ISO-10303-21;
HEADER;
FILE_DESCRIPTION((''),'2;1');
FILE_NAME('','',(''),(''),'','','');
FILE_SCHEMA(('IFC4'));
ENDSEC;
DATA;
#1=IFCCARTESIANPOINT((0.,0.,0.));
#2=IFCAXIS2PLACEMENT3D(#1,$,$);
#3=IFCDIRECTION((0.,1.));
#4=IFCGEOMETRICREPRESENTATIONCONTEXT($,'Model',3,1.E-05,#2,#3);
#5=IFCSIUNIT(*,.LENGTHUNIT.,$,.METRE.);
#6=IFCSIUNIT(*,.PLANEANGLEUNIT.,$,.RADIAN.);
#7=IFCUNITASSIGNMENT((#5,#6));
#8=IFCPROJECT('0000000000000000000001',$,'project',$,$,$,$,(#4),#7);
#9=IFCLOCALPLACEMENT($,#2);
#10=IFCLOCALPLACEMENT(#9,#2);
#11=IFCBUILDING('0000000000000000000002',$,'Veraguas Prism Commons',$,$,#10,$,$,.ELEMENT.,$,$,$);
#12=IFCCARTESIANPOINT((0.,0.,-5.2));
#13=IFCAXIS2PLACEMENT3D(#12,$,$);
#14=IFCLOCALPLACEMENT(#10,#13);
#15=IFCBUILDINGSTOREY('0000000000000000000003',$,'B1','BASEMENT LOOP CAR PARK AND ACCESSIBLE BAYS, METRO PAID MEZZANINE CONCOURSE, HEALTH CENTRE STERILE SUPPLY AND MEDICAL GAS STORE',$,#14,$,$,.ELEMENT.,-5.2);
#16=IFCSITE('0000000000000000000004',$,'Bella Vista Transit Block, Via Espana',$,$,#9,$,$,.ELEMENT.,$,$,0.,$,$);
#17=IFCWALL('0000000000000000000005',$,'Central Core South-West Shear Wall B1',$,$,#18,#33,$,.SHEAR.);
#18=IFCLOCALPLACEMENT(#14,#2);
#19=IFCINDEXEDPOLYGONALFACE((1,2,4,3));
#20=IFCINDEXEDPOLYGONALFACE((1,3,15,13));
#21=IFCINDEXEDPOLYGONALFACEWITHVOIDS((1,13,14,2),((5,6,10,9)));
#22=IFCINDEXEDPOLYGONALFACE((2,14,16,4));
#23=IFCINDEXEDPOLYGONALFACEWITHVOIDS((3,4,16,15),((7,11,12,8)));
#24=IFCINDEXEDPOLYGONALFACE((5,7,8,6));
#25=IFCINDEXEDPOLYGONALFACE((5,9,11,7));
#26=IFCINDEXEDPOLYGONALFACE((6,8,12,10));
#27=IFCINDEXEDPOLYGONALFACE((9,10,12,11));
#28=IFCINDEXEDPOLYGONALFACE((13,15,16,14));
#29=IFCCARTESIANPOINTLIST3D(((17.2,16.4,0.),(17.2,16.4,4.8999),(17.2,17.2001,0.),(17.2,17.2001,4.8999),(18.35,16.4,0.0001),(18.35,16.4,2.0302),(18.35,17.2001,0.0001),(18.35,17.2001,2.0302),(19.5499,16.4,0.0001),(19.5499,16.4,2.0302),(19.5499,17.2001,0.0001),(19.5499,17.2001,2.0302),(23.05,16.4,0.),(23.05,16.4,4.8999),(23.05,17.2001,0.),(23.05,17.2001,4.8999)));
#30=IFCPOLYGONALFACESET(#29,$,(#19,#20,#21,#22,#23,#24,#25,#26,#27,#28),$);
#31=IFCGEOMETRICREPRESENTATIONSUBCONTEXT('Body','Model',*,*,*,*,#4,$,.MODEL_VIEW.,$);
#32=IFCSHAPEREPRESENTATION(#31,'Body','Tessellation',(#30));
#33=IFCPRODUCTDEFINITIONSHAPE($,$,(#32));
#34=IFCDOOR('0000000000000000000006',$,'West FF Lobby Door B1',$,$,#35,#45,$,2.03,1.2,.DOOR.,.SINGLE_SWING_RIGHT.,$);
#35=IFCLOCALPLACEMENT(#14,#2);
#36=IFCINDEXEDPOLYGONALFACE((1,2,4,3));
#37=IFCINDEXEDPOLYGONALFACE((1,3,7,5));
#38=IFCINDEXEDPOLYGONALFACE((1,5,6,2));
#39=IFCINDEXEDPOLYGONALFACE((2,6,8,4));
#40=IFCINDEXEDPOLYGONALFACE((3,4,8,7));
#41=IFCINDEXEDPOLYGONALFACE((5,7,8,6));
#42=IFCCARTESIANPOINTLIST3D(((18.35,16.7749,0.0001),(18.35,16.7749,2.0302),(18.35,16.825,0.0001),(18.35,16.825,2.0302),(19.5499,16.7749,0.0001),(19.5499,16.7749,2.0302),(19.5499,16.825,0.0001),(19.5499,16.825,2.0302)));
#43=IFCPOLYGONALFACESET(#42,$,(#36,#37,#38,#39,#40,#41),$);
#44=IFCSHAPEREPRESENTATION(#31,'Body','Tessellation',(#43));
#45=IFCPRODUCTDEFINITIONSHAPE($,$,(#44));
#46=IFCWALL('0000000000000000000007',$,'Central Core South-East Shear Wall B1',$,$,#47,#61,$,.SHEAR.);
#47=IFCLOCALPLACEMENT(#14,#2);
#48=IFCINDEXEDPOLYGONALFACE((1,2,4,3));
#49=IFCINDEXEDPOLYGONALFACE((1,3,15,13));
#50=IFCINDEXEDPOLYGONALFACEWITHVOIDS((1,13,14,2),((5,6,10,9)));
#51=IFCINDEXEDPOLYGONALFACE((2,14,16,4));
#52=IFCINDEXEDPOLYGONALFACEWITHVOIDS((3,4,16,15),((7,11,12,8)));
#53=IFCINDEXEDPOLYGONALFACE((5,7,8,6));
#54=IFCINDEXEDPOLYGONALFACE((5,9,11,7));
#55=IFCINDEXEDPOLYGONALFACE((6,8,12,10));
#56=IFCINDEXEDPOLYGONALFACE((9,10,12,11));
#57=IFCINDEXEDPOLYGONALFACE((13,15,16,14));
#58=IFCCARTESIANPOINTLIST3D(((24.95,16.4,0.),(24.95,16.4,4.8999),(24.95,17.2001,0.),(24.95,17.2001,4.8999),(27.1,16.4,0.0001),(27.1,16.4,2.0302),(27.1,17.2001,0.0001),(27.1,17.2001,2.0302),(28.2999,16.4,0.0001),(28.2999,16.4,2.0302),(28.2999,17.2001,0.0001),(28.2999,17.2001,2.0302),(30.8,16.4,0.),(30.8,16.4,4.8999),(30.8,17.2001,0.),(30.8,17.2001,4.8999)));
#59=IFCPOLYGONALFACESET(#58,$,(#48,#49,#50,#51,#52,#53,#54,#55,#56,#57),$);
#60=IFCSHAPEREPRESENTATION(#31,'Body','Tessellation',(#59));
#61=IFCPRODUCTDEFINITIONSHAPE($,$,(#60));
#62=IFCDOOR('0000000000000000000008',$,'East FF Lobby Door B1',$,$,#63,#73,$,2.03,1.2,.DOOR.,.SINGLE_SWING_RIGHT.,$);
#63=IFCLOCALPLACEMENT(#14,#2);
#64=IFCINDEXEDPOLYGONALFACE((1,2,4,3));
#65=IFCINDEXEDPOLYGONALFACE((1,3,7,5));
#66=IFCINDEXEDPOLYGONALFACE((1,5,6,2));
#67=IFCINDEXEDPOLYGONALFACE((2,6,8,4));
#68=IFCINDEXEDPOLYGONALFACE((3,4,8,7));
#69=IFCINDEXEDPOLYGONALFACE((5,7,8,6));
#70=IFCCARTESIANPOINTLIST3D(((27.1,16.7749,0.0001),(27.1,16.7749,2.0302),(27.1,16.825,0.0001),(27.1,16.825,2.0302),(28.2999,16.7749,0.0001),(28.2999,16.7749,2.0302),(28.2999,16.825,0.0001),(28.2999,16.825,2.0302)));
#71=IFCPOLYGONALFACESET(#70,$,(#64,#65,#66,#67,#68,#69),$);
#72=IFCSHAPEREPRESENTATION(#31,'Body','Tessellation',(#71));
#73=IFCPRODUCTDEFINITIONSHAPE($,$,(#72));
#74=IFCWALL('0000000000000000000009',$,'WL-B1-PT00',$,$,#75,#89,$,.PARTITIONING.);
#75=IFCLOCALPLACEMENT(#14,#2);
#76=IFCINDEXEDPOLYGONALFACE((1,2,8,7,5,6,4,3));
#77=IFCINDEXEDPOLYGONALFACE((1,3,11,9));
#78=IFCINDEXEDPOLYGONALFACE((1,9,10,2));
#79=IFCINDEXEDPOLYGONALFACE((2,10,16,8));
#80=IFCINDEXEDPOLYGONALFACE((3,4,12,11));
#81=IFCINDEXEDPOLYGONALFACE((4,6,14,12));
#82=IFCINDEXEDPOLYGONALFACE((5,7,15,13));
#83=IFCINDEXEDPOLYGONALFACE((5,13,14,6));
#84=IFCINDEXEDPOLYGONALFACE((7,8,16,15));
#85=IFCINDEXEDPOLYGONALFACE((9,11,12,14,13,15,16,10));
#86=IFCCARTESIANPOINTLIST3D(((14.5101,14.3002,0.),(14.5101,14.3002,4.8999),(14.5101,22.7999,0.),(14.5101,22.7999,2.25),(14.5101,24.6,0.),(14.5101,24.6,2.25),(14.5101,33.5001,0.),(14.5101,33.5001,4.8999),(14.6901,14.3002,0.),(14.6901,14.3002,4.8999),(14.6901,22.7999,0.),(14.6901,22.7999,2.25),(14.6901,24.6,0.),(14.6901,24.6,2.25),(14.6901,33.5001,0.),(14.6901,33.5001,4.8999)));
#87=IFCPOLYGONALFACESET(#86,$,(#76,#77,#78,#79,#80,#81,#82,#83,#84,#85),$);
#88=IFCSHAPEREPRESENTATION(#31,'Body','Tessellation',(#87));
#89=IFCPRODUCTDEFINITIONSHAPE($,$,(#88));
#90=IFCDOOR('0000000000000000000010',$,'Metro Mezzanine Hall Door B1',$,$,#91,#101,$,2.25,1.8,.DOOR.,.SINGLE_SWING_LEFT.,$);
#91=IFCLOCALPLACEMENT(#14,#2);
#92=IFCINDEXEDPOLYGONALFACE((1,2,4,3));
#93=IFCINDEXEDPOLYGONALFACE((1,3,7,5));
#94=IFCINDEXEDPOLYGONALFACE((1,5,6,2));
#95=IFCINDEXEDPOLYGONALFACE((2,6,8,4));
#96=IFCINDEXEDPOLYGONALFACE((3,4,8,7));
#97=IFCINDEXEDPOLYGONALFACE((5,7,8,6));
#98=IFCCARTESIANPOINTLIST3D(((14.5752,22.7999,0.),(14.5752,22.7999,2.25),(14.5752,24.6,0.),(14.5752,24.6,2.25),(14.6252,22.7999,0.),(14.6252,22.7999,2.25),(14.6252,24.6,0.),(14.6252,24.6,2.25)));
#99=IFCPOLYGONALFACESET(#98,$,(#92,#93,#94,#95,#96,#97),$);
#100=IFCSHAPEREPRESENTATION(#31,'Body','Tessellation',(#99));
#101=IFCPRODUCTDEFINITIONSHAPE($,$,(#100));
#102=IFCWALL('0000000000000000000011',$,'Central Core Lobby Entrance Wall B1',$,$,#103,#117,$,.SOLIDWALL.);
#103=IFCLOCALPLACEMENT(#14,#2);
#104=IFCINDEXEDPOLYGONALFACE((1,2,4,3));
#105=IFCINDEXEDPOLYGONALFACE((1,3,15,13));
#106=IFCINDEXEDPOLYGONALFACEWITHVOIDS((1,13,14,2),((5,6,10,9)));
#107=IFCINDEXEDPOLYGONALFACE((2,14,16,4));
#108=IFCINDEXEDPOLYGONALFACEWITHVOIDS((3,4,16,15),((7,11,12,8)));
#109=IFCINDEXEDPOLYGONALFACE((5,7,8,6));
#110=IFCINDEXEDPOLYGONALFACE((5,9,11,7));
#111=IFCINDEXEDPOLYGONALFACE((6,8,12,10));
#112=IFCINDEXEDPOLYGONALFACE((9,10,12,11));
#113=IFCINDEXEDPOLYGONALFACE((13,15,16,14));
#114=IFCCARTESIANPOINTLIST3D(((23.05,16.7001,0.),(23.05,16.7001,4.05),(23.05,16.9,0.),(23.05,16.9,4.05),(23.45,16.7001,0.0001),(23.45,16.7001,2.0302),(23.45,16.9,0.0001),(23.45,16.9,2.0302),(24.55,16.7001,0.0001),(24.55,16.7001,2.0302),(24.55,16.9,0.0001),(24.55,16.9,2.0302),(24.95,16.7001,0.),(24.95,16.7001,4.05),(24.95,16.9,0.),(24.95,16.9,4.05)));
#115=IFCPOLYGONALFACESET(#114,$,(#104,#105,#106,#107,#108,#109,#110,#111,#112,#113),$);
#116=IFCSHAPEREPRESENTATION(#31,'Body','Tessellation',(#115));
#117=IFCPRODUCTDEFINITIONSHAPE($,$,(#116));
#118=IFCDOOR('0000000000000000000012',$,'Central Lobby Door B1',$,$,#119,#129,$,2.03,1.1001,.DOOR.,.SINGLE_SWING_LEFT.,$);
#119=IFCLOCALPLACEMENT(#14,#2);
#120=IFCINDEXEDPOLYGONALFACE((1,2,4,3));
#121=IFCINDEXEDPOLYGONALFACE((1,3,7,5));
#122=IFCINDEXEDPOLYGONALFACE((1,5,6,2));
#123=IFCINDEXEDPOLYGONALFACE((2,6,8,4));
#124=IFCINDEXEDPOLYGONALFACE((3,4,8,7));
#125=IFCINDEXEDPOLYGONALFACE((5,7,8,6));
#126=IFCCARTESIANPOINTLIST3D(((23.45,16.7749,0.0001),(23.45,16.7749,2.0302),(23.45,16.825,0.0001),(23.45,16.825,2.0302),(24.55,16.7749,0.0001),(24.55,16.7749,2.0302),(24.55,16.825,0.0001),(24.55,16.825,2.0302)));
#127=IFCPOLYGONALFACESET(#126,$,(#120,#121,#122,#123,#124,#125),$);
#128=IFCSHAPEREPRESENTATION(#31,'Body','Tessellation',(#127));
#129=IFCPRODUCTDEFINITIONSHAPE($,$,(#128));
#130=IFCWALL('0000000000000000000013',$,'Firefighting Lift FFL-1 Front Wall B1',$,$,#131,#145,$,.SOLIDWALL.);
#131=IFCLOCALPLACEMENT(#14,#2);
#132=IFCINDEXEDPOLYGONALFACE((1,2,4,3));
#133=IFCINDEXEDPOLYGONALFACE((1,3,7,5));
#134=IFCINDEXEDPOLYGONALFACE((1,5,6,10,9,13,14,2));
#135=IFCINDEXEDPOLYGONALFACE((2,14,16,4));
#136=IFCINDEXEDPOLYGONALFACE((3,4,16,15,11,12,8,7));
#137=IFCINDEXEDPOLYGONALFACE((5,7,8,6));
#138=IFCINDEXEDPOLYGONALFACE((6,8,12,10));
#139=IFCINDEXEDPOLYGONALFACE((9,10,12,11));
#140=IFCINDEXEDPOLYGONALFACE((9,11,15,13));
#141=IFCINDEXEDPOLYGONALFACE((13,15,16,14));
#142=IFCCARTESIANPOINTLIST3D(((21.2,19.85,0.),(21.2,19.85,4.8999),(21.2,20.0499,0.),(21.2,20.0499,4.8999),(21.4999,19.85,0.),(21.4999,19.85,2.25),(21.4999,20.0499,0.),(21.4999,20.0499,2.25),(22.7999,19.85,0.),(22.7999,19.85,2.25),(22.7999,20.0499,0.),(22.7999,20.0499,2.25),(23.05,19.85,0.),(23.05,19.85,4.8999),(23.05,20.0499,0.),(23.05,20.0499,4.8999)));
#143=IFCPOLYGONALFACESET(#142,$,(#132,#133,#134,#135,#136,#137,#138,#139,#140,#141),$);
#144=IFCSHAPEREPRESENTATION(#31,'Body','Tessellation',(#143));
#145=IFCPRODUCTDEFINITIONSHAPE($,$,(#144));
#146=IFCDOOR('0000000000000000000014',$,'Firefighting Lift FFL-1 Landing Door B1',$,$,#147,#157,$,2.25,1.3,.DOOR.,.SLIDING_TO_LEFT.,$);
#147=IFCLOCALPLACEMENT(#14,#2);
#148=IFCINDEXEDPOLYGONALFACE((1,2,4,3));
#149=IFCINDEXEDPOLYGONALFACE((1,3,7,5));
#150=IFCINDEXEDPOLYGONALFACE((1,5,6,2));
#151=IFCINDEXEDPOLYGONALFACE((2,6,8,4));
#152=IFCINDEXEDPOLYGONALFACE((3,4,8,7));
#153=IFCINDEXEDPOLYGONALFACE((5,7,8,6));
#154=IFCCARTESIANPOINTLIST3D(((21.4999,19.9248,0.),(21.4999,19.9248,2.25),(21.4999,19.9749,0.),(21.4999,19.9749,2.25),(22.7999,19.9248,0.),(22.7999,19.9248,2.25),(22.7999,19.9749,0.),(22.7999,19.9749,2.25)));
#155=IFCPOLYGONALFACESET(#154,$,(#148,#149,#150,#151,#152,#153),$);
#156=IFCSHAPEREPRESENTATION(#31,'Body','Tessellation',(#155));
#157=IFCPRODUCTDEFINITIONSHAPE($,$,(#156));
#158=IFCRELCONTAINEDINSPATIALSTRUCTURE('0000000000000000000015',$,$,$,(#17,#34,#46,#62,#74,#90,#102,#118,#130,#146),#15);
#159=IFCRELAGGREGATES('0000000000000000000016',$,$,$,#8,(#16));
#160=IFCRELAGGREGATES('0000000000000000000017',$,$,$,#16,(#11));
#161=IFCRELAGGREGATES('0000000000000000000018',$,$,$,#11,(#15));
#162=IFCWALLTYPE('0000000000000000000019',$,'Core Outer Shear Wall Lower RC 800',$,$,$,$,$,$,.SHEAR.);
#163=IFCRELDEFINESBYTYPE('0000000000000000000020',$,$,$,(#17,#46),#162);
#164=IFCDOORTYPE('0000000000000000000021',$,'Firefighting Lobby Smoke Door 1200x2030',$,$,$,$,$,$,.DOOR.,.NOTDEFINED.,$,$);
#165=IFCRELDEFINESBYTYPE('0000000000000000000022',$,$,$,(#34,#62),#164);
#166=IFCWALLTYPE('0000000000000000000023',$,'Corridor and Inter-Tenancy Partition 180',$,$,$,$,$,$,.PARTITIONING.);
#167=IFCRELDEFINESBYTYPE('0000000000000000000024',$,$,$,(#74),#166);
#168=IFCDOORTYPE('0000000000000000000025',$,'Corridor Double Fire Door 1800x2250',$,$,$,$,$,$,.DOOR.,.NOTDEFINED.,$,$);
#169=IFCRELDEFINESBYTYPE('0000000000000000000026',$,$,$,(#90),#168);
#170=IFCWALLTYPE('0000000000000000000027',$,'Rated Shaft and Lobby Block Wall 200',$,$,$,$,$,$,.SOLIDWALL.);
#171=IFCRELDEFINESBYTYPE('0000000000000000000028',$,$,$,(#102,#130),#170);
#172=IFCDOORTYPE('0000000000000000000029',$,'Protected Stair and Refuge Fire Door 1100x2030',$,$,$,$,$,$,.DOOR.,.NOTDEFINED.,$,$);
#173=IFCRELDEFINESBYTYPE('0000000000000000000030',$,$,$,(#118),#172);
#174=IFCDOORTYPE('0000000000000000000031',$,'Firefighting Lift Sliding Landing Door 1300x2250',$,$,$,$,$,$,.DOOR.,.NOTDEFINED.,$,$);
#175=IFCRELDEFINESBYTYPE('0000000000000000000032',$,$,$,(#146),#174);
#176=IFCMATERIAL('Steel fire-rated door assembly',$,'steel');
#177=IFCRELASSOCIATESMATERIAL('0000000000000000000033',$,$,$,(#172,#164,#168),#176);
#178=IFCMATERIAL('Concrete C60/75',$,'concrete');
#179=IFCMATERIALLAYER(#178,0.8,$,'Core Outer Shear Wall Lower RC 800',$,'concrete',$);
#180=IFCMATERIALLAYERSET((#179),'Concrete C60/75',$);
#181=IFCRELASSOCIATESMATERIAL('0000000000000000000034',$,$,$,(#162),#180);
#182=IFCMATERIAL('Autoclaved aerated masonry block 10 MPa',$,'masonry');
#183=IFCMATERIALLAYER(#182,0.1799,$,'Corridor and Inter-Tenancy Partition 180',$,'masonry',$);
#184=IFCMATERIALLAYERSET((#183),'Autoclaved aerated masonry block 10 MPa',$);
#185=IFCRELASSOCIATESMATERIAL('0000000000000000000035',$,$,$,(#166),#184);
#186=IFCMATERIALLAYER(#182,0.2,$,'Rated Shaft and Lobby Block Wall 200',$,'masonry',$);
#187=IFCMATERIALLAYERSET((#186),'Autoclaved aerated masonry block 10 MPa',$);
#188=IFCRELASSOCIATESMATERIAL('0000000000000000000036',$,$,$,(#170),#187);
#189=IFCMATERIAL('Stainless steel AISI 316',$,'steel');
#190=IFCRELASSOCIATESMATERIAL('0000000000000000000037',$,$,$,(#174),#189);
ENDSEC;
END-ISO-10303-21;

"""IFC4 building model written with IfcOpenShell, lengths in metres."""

from ifc_helpers import new_model, si_unit, direction, frame, frame_2d, origin, place, context, subcontext, project, spatial, rectangle, extrude, source, transform, mapped, material, layer, layer_set, type_object, element, fill, save


model = new_model("IFC4")

# Units and contexts
model_context = context("Model", 3, precision=1e-05, world=origin(), true_north=direction((0.0, 1.0)))
body_context = subcontext(model_context, "Body", "Model", "MODEL_VIEW")
ifc_project = project(units=[si_unit("LENGTHUNIT", "METRE"), si_unit("PLANEANGLEUNIT", "RADIAN")], contexts=[model_context])

# Site, building, storey
site_placement = place(None, origin())
site = spatial("IfcSite", under=ifc_project, at=site_placement, Name="Bella Vista Transit Block, Via Espana", CompositionType="ELEMENT", RefElevation=0.0)
building_placement = place(site_placement, origin())
building = spatial("IfcBuilding", under=site, at=building_placement, Name="Veraguas Prism Commons", CompositionType="ELEMENT")
storey_placement = place(building_placement, frame((0.0, 0.0, -5.2)))
storey = spatial("IfcBuildingStorey", under=building, at=storey_placement, Name="B1", Description="BASEMENT LOOP CAR PARK AND ACCESSIBLE BAYS, METRO PAID MEZZANINE CONCOURSE, HEALTH CENTRE STERILE SUPPLY AND MEDICAL GAS STORE", CompositionType="ELEMENT", Elevation=-5.2)

# Shared definitions
ifc_material_1 = material(Name="Concrete C60/75", Category="concrete")

# Shared definitions
ifc_material_2 = material(Name="Steel fire-rated door assembly", Category="steel")
door_type_1 = type_object("IfcDoorType", Name="Protected Stair and Refuge Fire Door 1100x2030", OperationType="NOTDEFINED", PredefinedType="DOOR", material=ifc_material_2)
shared_shape_1 = source(origin(), body_context, "Body", "SweptSolid", [
    extrude(rectangle(XDim=1.1001, YDim=2.03, at=frame_2d((0.55, 1.0151))), frame((0.0, 0.0249, 0.0), z_axis=(0.0, -1.0, 0.0), x_axis=(1.0, 0.0, 0.0)), (0.0, 0.0, 1.0), 0.05),
])

# Shared definitions
ifc_layer_1 = layer(ifc_material_1, 0.8, Name="Core Outer Shear Wall Lower RC 800", Category="concrete")
ifc_layer_set_1 = layer_set([ifc_layer_1], Name="Concrete C60/75")
wall_type_1 = type_object("IfcWallType", Name="Core Outer Shear Wall Lower RC 800", PredefinedType="SHEAR", material=ifc_layer_set_1)

# Walls, openings, doors
wall_1_placement = place(storey_placement, frame((17.2, 16.8, 0.0), z_axis=(0.0, 0.0, 1.0), x_axis=(1.0, 0.0, 0.0)))
wall_1 = element("IfcWall", 1, at=wall_1_placement, inside=storey, type_object=wall_type_1, Name="Central Core South-West Shear Wall B1", PredefinedType="SHEAR", context=body_context, shape_type="SweptSolid", body=[
    extrude(rectangle(XDim=5.8501, YDim=0.8, at=frame_2d((2.925, 0.0))), origin(), (0.0, 0.0, 1.0), 4.8999),
])
opening_1_placement = place(wall_1_placement, frame((1.1499, 0.0, 0.0)))
opening_1 = element("IfcOpeningElement", 2, at=opening_1_placement, cuts=wall_1, PredefinedType="OPENING", context=body_context, shape_type="SweptSolid", body=[
    extrude(rectangle(XDim=1.2, YDim=2.03, at=frame_2d((0.6001, 1.0151))), frame((0.0, 0.4099, 0.0), z_axis=(0.0, -1.0, 0.0), x_axis=(1.0, 0.0, 0.0)), (0.0, 0.0, 1.0), 0.8201),
])
door_type_2 = type_object("IfcDoorType", Name="Firefighting Lobby Smoke Door 1200x2030", OperationType="NOTDEFINED", PredefinedType="DOOR", material=ifc_material_2)
shared_shape_2 = source(origin(), body_context, "Body", "SweptSolid", [
    extrude(rectangle(XDim=1.2, YDim=2.03, at=frame_2d((0.6001, 1.0151))), frame((0.0, 0.0249, 0.0), z_axis=(0.0, -1.0, 0.0), x_axis=(1.0, 0.0, 0.0)), (0.0, 0.0, 1.0), 0.05),
])
door_1_placement = place(opening_1_placement, origin())
door_1 = element("IfcDoor", 3, at=door_1_placement, inside=storey, type_object=door_type_2, Name="West FF Lobby Door B1", OperationType="SINGLE_SWING_RIGHT", OverallHeight=2.03, OverallWidth=1.2, PredefinedType="DOOR", context=body_context, shape_type="MappedRepresentation", body=[
    mapped(shared_shape_2, transform((0.0, 0.0, 0.0), scale=1.0)),
])
fill(opening_1, door_1)
wall_2_placement = place(storey_placement, frame((24.95, 16.8, 0.0), z_axis=(0.0, 0.0, 1.0), x_axis=(1.0, 0.0, 0.0)))
wall_2 = element("IfcWall", 4, at=wall_2_placement, inside=storey, type_object=wall_type_1, Name="Central Core South-East Shear Wall B1", PredefinedType="SHEAR", context=body_context, shape_type="SweptSolid", body=[
    extrude(rectangle(XDim=5.8501, YDim=0.8, at=frame_2d((2.925, 0.0))), origin(), (0.0, 0.0, 1.0), 4.8999),
])
opening_2_placement = place(wall_2_placement, frame((2.1499, 0.0, 0.0)))
opening_2 = element("IfcOpeningElement", 5, at=opening_2_placement, cuts=wall_2, PredefinedType="OPENING", context=body_context, shape_type="SweptSolid", body=[
    extrude(rectangle(XDim=1.2, YDim=2.03, at=frame_2d((0.6001, 1.0151))), frame((0.0, 0.4099, 0.0), z_axis=(0.0, -1.0, 0.0), x_axis=(1.0, 0.0, 0.0)), (0.0, 0.0, 1.0), 0.8201),
])
door_2_placement = place(opening_2_placement, origin())
door_2 = element("IfcDoor", 6, at=door_2_placement, inside=storey, type_object=door_type_2, Name="East FF Lobby Door B1", OperationType="SINGLE_SWING_RIGHT", OverallHeight=2.03, OverallWidth=1.2, PredefinedType="DOOR", context=body_context, shape_type="MappedRepresentation", body=[
    mapped(shared_shape_2, transform((0.0, 0.0, 0.0), scale=1.0)),
])
fill(opening_2, door_2)
ifc_material_3 = material(Name="Autoclaved aerated masonry block 10 MPa", Category="masonry")
ifc_layer_2 = layer(ifc_material_3, 0.1799, Name="Corridor and Inter-Tenancy Partition 180", Category="masonry")
ifc_layer_set_2 = layer_set([ifc_layer_2], Name="Autoclaved aerated masonry block 10 MPa")
wall_type_2 = type_object("IfcWallType", Name="Corridor and Inter-Tenancy Partition 180", PredefinedType="PARTITIONING", material=ifc_layer_set_2)
wall_3_placement = place(storey_placement, frame((14.6001, 14.3, 0.0), z_axis=(0.0, 0.0, 1.0), x_axis=(0.0, 1.0, 0.0)))
wall_3 = element("IfcWall", 7, at=wall_3_placement, inside=storey, type_object=wall_type_2, Name="WL-B1-PT00", PredefinedType="PARTITIONING", context=body_context, shape_type="SweptSolid", body=[
    extrude(rectangle(XDim=19.2, YDim=0.1799, at=frame_2d((9.6001, 0.0))), origin(), (0.0, 0.0, 1.0), 4.8999),
])
opening_3_placement = place(wall_3_placement, frame((8.5, 0.0, 0.0)))
opening_3 = element("IfcOpeningElement", 8, at=opening_3_placement, cuts=wall_3, PredefinedType="OPENING", context=body_context, shape_type="SweptSolid", body=[
    extrude(rectangle(XDim=1.8, YDim=2.25, at=frame_2d((0.8999, 1.125))), frame((0.0, 0.0999, 0.0), z_axis=(0.0, -1.0, 0.0), x_axis=(1.0, 0.0, 0.0)), (0.0, 0.0, 1.0), 0.2),
])
door_type_3 = type_object("IfcDoorType", Name="Corridor Double Fire Door 1800x2250", OperationType="NOTDEFINED", PredefinedType="DOOR", material=ifc_material_2)
shared_shape_3 = source(origin(), body_context, "Body", "SweptSolid", [
    extrude(rectangle(XDim=1.8, YDim=2.25, at=frame_2d((0.8999, 1.125))), frame((0.0, 0.0249, 0.0), z_axis=(0.0, -1.0, 0.0), x_axis=(1.0, 0.0, 0.0)), (0.0, 0.0, 1.0), 0.05),
])
door_3_placement = place(opening_3_placement, origin())
door_3 = element("IfcDoor", 9, at=door_3_placement, inside=storey, type_object=door_type_3, Name="Metro Mezzanine Hall Door B1", OperationType="SINGLE_SWING_LEFT", OverallHeight=2.25, OverallWidth=1.8, PredefinedType="DOOR", context=body_context, shape_type="MappedRepresentation", body=[
    mapped(shared_shape_3, transform((0.0, 0.0, 0.0), scale=1.0)),
])
fill(opening_3, door_3)
ifc_layer_3 = layer(ifc_material_3, 0.2, Name="Rated Shaft and Lobby Block Wall 200", Category="masonry")
ifc_layer_set_3 = layer_set([ifc_layer_3], Name="Autoclaved aerated masonry block 10 MPa")
wall_type_3 = type_object("IfcWallType", Name="Rated Shaft and Lobby Block Wall 200", PredefinedType="SOLIDWALL", material=ifc_layer_set_3)
wall_4_placement = place(storey_placement, frame((23.05, 16.8, 0.0), z_axis=(0.0, 0.0, 1.0), x_axis=(1.0, 0.0, 0.0)))
wall_4 = element("IfcWall", 10, at=wall_4_placement, inside=storey, type_object=wall_type_3, Name="Central Core Lobby Entrance Wall B1", PredefinedType="SOLIDWALL", context=body_context, shape_type="SweptSolid", body=[
    extrude(rectangle(XDim=1.8999, YDim=0.2, at=frame_2d((0.95, 0.0))), origin(), (0.0, 0.0, 1.0), 4.05),
])
opening_4_placement = place(wall_4_placement, frame((0.3999, 0.0, 0.0)))
opening_4 = element("IfcOpeningElement", 11, at=opening_4_placement, cuts=wall_4, PredefinedType="OPENING", context=body_context, shape_type="SweptSolid", body=[
    extrude(rectangle(XDim=1.1001, YDim=2.03, at=frame_2d((0.55, 1.0151))), frame((0.0, 0.1099, 0.0), z_axis=(0.0, -1.0, 0.0), x_axis=(1.0, 0.0, 0.0)), (0.0, 0.0, 1.0), 0.22),
])
door_4_placement = place(opening_4_placement, origin())
door_4 = element("IfcDoor", 12, at=door_4_placement, inside=storey, type_object=door_type_1, Name="Central Lobby Door B1", OperationType="SINGLE_SWING_LEFT", OverallHeight=2.03, OverallWidth=1.1001, PredefinedType="DOOR", context=body_context, shape_type="MappedRepresentation", body=[
    mapped(shared_shape_1, transform((0.0, 0.0, 0.0), scale=1.0)),
])
fill(opening_4, door_4)
wall_5_placement = place(storey_placement, frame((21.2, 19.95, 0.0), z_axis=(0.0, 0.0, 1.0), x_axis=(1.0, 0.0, 0.0)))
wall_5 = element("IfcWall", 13, at=wall_5_placement, inside=storey, type_object=wall_type_3, Name="Firefighting Lift FFL-1 Front Wall B1", PredefinedType="SOLIDWALL", context=body_context, shape_type="SweptSolid", body=[
    extrude(rectangle(XDim=1.8501, YDim=0.2, at=frame_2d((0.925, 0.0))), origin(), (0.0, 0.0, 1.0), 4.8999),
])
opening_5_placement = place(wall_5_placement, frame((0.3, 0.0, 0.0)))
opening_5 = element("IfcOpeningElement", 14, at=opening_5_placement, cuts=wall_5, PredefinedType="OPENING", context=body_context, shape_type="SweptSolid", body=[
    extrude(rectangle(XDim=1.3, YDim=2.25, at=frame_2d((0.6499, 1.125))), frame((0.0, 0.1099, 0.0), z_axis=(0.0, -1.0, 0.0), x_axis=(1.0, 0.0, 0.0)), (0.0, 0.0, 1.0), 0.22),
])
ifc_material_4 = material(Name="Stainless steel AISI 316", Category="steel")
door_type_4 = type_object("IfcDoorType", Name="Firefighting Lift Sliding Landing Door 1300x2250", OperationType="NOTDEFINED", PredefinedType="DOOR", material=ifc_material_4)
shared_shape_4 = source(origin(), body_context, "Body", "SweptSolid", [
    extrude(rectangle(XDim=1.3, YDim=2.25, at=frame_2d((0.6499, 1.125))), frame((0.0, 0.0249, 0.0), z_axis=(0.0, -1.0, 0.0), x_axis=(1.0, 0.0, 0.0)), (0.0, 0.0, 1.0), 0.05),
])
door_5_placement = place(opening_5_placement, origin())
door_5 = element("IfcDoor", 15, at=door_5_placement, inside=storey, type_object=door_type_4, Name="Firefighting Lift FFL-1 Landing Door B1", OperationType="SLIDING_TO_LEFT", OverallHeight=2.25, OverallWidth=1.3, PredefinedType="DOOR", context=body_context, shape_type="MappedRepresentation", body=[
    mapped(shared_shape_4, transform((0.0, 0.0, 0.0), scale=1.0)),
])
fill(opening_5, door_5)

save(model, "model.ifc")
